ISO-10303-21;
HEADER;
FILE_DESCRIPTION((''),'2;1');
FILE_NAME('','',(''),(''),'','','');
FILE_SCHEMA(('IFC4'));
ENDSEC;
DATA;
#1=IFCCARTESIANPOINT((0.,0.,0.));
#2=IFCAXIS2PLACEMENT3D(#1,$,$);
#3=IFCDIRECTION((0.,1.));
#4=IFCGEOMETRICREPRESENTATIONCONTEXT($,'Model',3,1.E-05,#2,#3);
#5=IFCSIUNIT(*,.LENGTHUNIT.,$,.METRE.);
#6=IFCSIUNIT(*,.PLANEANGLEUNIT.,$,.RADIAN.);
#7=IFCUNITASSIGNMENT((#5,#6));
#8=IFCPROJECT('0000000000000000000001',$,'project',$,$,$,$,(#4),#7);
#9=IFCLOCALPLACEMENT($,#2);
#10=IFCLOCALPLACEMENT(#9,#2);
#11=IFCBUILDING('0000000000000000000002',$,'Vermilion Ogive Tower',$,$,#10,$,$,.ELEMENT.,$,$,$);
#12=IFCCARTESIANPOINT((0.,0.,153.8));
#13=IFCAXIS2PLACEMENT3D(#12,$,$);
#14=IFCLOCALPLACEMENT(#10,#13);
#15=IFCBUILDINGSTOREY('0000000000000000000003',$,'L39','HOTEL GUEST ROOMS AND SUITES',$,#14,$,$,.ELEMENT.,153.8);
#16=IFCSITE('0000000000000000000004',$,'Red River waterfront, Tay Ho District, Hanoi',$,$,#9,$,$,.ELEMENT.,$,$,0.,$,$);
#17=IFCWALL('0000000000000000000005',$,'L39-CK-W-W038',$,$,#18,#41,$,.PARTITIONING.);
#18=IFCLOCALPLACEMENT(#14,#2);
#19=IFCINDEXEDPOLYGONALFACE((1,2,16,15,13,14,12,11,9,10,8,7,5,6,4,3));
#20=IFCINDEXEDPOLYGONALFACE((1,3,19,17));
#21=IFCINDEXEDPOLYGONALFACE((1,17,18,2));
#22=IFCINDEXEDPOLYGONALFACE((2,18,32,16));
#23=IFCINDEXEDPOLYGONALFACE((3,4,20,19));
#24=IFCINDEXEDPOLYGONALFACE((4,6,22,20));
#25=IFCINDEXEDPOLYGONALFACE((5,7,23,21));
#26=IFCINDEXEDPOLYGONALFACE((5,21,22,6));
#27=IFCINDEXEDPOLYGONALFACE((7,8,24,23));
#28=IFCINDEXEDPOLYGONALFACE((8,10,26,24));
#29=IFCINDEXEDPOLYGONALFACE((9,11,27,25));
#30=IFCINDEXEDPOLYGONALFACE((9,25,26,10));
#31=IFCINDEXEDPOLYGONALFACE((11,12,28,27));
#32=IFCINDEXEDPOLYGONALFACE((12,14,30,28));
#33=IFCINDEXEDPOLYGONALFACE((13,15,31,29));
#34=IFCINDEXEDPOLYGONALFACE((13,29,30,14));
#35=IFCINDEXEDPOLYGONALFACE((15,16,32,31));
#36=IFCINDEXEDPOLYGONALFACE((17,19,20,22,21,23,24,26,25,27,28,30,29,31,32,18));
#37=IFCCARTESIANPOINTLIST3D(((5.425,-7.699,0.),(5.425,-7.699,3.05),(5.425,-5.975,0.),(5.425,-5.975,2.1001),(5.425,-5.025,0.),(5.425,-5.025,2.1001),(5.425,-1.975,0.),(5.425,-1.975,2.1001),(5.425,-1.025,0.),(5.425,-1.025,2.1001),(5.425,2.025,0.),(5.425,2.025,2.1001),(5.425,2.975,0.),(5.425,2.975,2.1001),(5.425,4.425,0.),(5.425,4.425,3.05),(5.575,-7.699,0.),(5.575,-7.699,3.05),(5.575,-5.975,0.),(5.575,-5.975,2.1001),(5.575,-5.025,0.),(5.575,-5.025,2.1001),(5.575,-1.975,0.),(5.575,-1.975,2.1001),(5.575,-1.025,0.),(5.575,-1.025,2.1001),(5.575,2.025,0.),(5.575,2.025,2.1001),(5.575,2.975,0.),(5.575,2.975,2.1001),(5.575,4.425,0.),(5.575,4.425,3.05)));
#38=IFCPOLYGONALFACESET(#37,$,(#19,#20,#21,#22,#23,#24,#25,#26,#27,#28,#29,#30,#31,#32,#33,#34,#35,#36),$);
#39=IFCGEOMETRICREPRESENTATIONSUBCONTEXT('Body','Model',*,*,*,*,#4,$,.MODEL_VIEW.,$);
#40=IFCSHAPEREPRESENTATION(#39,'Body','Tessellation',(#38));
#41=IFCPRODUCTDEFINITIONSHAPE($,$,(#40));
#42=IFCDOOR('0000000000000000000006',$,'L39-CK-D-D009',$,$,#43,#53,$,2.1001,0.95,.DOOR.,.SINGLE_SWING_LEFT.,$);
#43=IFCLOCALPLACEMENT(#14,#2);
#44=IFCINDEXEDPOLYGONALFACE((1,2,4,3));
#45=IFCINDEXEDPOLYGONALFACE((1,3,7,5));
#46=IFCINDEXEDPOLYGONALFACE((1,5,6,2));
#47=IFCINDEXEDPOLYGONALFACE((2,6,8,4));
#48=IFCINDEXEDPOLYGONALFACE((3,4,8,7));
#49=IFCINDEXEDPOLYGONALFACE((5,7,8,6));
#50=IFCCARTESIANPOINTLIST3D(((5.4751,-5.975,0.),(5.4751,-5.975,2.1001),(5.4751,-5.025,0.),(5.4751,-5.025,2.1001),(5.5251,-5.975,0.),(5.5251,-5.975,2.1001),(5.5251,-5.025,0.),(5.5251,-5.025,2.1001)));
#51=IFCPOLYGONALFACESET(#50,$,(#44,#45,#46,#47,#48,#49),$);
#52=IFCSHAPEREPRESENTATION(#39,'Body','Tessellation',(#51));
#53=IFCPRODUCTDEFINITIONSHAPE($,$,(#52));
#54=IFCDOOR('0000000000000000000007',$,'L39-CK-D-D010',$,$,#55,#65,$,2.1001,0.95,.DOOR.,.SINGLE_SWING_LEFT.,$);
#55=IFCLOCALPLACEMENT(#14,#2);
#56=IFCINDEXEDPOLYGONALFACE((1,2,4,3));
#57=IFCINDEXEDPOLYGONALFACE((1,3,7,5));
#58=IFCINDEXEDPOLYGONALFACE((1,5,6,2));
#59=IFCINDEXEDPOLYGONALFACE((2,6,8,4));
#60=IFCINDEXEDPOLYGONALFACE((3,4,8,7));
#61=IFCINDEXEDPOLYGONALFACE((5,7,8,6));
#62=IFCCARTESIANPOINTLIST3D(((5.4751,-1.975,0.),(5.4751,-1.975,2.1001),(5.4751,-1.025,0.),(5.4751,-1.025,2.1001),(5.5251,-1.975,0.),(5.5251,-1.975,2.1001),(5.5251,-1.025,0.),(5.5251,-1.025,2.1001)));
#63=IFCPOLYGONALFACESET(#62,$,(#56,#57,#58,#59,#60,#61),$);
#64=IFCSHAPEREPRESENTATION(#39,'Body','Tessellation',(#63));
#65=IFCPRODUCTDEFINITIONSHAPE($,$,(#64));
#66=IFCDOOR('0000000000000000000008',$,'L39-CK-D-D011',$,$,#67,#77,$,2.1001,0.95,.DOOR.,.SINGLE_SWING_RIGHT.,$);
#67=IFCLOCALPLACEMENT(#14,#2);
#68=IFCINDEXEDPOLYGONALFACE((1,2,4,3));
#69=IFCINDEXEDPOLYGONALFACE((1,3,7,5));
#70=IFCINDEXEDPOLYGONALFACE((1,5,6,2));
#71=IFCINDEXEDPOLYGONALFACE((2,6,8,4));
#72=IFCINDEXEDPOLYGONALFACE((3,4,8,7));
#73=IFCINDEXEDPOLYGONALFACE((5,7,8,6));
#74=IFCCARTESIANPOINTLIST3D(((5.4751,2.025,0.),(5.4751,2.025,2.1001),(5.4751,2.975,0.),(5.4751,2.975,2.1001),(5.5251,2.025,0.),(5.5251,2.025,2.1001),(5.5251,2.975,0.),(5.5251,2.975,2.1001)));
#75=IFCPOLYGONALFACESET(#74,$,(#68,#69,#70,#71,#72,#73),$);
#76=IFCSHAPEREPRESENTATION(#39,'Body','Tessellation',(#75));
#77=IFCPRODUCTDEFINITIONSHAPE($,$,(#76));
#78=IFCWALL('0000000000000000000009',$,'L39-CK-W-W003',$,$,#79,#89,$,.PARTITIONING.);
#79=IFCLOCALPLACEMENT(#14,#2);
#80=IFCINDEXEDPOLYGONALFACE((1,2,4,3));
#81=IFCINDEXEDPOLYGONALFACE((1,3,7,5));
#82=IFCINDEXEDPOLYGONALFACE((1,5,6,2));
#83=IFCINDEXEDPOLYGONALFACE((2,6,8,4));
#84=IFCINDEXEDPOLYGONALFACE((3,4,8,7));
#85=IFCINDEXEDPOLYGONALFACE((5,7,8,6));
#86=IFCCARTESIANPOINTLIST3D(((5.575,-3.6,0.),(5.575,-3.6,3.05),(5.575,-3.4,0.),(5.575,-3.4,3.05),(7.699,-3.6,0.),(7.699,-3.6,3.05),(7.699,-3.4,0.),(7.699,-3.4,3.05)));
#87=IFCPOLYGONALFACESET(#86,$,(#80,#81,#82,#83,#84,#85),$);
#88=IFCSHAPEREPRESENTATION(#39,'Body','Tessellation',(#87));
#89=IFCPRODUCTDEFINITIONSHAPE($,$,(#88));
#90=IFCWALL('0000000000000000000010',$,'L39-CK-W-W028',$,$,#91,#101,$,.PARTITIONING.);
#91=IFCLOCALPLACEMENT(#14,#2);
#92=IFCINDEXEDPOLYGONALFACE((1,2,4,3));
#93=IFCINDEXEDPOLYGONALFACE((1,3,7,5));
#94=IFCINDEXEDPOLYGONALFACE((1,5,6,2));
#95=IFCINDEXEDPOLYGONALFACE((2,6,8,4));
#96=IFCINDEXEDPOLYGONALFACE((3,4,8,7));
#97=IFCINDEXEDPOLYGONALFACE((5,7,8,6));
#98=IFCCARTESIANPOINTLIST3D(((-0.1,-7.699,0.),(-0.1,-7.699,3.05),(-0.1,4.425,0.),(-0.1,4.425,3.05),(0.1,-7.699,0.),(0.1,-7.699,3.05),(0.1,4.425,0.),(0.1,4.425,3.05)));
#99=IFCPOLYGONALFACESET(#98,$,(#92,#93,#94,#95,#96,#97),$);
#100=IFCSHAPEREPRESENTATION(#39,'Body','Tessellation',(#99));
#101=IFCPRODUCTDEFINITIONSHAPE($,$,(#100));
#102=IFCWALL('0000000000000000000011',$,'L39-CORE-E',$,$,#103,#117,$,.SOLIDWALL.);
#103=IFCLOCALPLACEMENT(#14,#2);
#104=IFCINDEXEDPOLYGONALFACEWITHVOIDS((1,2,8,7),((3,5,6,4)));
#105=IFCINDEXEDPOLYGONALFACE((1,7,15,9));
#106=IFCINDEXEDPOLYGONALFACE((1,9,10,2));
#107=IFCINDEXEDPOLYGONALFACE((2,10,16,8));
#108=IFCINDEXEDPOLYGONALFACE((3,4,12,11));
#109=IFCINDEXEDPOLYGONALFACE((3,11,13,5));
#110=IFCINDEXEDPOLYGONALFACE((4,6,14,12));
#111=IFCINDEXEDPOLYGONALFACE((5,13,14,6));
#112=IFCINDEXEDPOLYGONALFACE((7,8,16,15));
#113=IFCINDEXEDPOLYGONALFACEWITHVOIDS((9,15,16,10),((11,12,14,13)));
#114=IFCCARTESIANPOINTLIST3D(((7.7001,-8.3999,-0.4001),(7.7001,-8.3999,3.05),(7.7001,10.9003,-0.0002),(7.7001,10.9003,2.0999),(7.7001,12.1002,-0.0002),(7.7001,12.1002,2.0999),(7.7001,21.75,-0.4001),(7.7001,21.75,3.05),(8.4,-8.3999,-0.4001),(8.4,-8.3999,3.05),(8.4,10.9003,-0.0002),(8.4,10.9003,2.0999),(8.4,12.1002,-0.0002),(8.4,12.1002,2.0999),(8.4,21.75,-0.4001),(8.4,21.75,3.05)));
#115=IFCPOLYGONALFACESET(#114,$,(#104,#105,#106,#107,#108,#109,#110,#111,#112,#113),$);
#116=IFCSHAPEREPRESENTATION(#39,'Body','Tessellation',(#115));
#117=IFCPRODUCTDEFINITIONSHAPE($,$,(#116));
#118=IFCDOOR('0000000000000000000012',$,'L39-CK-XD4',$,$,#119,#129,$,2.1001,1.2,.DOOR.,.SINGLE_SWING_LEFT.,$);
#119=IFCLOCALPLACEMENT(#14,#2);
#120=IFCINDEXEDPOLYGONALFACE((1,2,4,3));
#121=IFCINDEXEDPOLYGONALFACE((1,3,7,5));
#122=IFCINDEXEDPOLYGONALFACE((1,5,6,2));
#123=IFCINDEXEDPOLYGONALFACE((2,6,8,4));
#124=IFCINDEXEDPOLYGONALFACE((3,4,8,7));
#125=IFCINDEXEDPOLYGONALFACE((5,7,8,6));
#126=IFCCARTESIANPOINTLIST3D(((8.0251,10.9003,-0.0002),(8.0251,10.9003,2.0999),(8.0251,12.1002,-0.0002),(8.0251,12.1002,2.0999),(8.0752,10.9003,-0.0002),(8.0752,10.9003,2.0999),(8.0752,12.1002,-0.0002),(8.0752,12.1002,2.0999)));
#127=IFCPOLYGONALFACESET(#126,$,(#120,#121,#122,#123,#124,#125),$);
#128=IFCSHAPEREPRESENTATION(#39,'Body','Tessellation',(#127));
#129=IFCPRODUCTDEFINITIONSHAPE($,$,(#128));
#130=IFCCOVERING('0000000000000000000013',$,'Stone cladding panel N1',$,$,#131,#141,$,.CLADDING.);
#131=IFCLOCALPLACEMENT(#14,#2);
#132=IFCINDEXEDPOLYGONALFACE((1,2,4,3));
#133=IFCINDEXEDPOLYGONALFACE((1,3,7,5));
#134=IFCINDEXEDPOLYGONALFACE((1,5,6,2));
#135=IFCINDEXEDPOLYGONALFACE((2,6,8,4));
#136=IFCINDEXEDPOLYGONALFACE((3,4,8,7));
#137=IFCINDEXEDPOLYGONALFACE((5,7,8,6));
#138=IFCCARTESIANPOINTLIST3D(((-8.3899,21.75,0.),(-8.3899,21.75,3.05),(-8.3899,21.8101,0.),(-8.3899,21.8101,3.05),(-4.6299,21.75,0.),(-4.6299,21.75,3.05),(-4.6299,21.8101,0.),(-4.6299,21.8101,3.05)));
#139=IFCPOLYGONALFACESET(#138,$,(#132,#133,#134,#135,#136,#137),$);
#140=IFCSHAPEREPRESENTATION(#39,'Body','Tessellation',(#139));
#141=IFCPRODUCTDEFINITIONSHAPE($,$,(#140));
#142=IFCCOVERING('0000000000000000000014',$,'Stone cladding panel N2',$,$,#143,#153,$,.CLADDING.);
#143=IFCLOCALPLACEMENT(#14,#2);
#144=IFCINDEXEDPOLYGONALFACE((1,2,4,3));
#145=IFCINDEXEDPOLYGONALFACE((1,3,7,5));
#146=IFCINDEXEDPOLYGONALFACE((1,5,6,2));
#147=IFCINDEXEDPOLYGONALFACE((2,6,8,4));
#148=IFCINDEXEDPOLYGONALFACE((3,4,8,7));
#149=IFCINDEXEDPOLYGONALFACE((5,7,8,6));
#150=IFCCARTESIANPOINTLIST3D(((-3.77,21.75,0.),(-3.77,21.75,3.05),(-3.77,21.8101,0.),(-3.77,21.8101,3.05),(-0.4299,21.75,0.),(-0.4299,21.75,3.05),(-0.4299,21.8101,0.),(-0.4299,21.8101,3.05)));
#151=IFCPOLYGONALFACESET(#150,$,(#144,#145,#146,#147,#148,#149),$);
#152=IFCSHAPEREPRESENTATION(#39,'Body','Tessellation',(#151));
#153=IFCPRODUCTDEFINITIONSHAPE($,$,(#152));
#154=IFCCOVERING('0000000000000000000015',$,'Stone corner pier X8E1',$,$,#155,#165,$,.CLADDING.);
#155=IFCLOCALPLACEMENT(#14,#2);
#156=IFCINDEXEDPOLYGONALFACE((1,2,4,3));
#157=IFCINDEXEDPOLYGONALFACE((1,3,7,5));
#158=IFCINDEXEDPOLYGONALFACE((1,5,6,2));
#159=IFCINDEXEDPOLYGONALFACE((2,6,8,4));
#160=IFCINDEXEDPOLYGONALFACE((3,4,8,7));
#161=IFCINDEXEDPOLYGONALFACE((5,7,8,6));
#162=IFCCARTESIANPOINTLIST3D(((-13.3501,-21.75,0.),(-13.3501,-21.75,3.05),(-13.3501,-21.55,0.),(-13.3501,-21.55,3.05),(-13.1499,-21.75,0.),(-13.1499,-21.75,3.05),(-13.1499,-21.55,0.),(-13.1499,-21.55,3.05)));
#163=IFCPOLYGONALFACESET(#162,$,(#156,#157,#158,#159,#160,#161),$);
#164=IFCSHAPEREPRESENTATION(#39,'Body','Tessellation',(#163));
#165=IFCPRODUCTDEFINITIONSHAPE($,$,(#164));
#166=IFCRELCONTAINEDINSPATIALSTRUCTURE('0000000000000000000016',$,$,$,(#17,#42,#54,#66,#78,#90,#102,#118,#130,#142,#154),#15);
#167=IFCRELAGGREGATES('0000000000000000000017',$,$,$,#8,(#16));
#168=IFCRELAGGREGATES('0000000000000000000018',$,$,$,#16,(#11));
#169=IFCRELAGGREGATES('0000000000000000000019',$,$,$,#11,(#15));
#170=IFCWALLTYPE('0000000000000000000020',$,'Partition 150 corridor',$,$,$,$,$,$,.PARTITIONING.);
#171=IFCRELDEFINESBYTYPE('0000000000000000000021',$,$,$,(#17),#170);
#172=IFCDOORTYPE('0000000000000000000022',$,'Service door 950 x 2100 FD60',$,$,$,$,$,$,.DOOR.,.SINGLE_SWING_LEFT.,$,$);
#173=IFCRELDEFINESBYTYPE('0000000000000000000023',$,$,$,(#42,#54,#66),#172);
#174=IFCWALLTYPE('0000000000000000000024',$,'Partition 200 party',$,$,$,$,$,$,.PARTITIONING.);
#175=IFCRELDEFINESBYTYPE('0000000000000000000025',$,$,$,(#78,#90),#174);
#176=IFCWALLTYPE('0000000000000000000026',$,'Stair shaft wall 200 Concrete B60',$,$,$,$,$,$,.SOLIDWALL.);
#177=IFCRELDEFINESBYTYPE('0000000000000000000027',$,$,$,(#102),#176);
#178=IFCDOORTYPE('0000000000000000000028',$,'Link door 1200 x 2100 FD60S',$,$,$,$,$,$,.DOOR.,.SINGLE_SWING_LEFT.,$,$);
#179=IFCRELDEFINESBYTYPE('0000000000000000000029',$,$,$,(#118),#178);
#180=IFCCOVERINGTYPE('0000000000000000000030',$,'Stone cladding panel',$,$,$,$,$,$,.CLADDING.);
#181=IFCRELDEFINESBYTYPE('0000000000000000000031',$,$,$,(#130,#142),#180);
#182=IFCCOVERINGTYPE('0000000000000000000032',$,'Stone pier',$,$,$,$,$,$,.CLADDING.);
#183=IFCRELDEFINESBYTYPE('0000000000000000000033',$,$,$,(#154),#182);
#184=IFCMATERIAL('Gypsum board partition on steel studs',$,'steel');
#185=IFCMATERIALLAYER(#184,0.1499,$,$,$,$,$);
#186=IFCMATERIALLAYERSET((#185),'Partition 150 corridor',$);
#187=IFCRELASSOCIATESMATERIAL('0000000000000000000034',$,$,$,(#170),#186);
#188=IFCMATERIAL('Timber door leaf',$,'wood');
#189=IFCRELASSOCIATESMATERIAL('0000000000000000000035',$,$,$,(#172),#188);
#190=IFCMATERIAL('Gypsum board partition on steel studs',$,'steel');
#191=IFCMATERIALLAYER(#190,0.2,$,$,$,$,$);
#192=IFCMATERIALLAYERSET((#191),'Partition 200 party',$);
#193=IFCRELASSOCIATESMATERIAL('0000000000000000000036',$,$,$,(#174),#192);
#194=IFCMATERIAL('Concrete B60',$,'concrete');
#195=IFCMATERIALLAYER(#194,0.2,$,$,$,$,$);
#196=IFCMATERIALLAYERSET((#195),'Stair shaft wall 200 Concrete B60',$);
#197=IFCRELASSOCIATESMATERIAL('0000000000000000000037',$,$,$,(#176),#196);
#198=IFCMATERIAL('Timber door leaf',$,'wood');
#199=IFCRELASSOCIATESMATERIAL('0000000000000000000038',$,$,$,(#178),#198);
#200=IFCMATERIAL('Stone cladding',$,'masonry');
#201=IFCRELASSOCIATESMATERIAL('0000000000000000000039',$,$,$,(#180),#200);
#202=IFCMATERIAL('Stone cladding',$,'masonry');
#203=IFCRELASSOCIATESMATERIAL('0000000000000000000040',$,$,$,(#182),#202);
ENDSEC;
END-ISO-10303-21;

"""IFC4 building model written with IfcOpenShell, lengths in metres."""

from ifc_helpers import new_model, si_unit, direction, frame, frame_2d, origin, place, context, subcontext, project, spatial, polyline, rectangle, outline, extrude, material, layer, layer_set, type_object, element, fill, save


model = new_model("IFC4")

# Units and contexts
model_context = context("Model", 3, precision=1e-05, world=origin(), true_north=direction((0.0, 1.0)))
body_context = subcontext(model_context, "Body", "Model", "MODEL_VIEW")
ifc_project = project(units=[si_unit("LENGTHUNIT", "METRE"), si_unit("PLANEANGLEUNIT", "RADIAN")], contexts=[model_context])

# Site, building, storey
site_placement = place(None, origin())
site = spatial("IfcSite", under=ifc_project, at=site_placement, Name="Red River waterfront, Tay Ho District, Hanoi", CompositionType="ELEMENT", RefElevation=0.0)
building_placement = place(site_placement, origin())
building = spatial("IfcBuilding", under=site, at=building_placement, Name="Vermilion Ogive Tower", CompositionType="ELEMENT")
storey_placement = place(building_placement, frame((0.0, 0.0, 153.8)))
storey = spatial("IfcBuildingStorey", under=building, at=storey_placement, Name="L39", Description="HOTEL GUEST ROOMS AND SUITES", CompositionType="ELEMENT", Elevation=153.8)

# Shared definitions
ifc_material_1 = material(Name="Gypsum board partition on steel studs", Category="steel")
ifc_layer_1 = layer(ifc_material_1, 0.1499)
ifc_layer_set_1 = layer_set([ifc_layer_1], Name="Partition 150 corridor")
wall_type_1 = type_object("IfcWallType", Name="Partition 150 corridor", PredefinedType="PARTITIONING", material=ifc_layer_set_1)
ifc_material_2 = material(Name="Timber door leaf", Category="wood")
door_type_1 = type_object("IfcDoorType", Name="Service door 950 x 2100 FD60", OperationType="SINGLE_SWING_LEFT", PredefinedType="DOOR", material=ifc_material_2)

# Wall, openings, doors
wall_1_placement = place(storey_placement, frame((5.5, -7.699, 0.0), z_axis=(0.0, 0.0, 1.0), x_axis=(0.0, 1.0, 0.0)))
wall_1 = element("IfcWall", 1, at=wall_1_placement, inside=storey, type_object=wall_type_1, Name="L39-CK-W-W038", PredefinedType="PARTITIONING", context=body_context, shape_type="SweptSolid", body=[
    extrude(rectangle(XDim=12.124, YDim=0.1499, at=frame_2d((6.062, 0.0))), origin(), (0.0, 0.0, 1.0), 3.05),
])
opening_1_placement = place(wall_1_placement, frame((1.7239, 0.0, 0.0)))
opening_1 = element("IfcOpeningElement", 2, at=opening_1_placement, cuts=wall_1, PredefinedType="OPENING", context=body_context, shape_type="SweptSolid", body=[
    extrude(rectangle(XDim=0.95, YDim=2.1001, at=frame_2d((0.4751, 1.05))), frame((0.0, 0.085, 0.0), z_axis=(0.0, -1.0, 0.0), x_axis=(1.0, 0.0, 0.0)), (0.0, 0.0, 1.0), 0.1699),
])
opening_2_placement = place(wall_1_placement, frame((5.7239, 0.0, 0.0)))
opening_2 = element("IfcOpeningElement", 3, at=opening_2_placement, cuts=wall_1, PredefinedType="OPENING", context=body_context, shape_type="SweptSolid", body=[
    extrude(rectangle(XDim=0.95, YDim=2.1001, at=frame_2d((0.4751, 1.05))), frame((0.0, 0.085, 0.0), z_axis=(0.0, -1.0, 0.0), x_axis=(1.0, 0.0, 0.0)), (0.0, 0.0, 1.0), 0.1699),
])
opening_3_placement = place(wall_1_placement, frame((9.7239, 0.0, 0.0)))
opening_3 = element("IfcOpeningElement", 4, at=opening_3_placement, cuts=wall_1, PredefinedType="OPENING", context=body_context, shape_type="SweptSolid", body=[
    extrude(rectangle(XDim=0.95, YDim=2.1001, at=frame_2d((0.4751, 1.05))), frame((0.0, 0.085, 0.0), z_axis=(0.0, -1.0, 0.0), x_axis=(1.0, 0.0, 0.0)), (0.0, 0.0, 1.0), 0.1699),
])
door_1_placement = place(opening_1_placement, origin())
door_1 = element("IfcDoor", 5, at=door_1_placement, inside=storey, type_object=door_type_1, Name="L39-CK-D-D009", OperationType="SINGLE_SWING_LEFT", OverallHeight=2.1001, OverallWidth=0.95, PredefinedType="DOOR", context=body_context, shape_type="SweptSolid", body=[
    extrude(rectangle(XDim=0.95, YDim=2.1001, at=frame_2d((0.4751, 1.05))), frame((0.0, 0.0249, 0.0), z_axis=(0.0, -1.0, 0.0), x_axis=(1.0, 0.0, 0.0)), (0.0, 0.0, 1.0), 0.05),
])
fill(opening_1, door_1)
door_2_placement = place(opening_2_placement, origin())
door_2 = element("IfcDoor", 6, at=door_2_placement, inside=storey, type_object=door_type_1, Name="L39-CK-D-D010", OperationType="SINGLE_SWING_LEFT", OverallHeight=2.1001, OverallWidth=0.95, PredefinedType="DOOR", context=body_context, shape_type="SweptSolid", body=[
    extrude(rectangle(XDim=0.95, YDim=2.1001, at=frame_2d((0.4751, 1.05))), frame((0.0, 0.0249, 0.0), z_axis=(0.0, -1.0, 0.0), x_axis=(1.0, 0.0, 0.0)), (0.0, 0.0, 1.0), 0.05),
])
fill(opening_2, door_2)
door_3_placement = place(opening_3_placement, origin())
door_3 = element("IfcDoor", 7, at=door_3_placement, inside=storey, type_object=door_type_1, Name="L39-CK-D-D011", OperationType="SINGLE_SWING_RIGHT", OverallHeight=2.1001, OverallWidth=0.95, PredefinedType="DOOR", context=body_context, shape_type="SweptSolid", body=[
    extrude(rectangle(XDim=0.95, YDim=2.1001, at=frame_2d((0.4751, 1.05))), frame((0.0, 0.0249, 0.0), z_axis=(0.0, -1.0, 0.0), x_axis=(1.0, 0.0, 0.0)), (0.0, 0.0, 1.0), 0.05),
])
fill(opening_3, door_3)

# Walls
ifc_material_3 = material(Name="Gypsum board partition on steel studs", Category="steel")
ifc_layer_2 = layer(ifc_material_3, 0.2)
ifc_layer_set_2 = layer_set([ifc_layer_2], Name="Partition 200 party")
wall_type_2 = type_object("IfcWallType", Name="Partition 200 party", PredefinedType="PARTITIONING", material=ifc_layer_set_2)
wall_2_placement = place(storey_placement, frame((5.575, -3.5, 0.0), z_axis=(0.0, 0.0, 1.0), x_axis=(1.0, 0.0, 0.0)))
element("IfcWall", 8, at=wall_2_placement, inside=storey, type_object=wall_type_2, Name="L39-CK-W-W003", PredefinedType="PARTITIONING", context=body_context, shape_type="SweptSolid", body=[
    extrude(rectangle(XDim=2.124, YDim=0.2, at=frame_2d((1.062, 0.0))), origin(), (0.0, 0.0, 1.0), 3.05),
])
wall_3_placement = place(storey_placement, frame((0.0, -7.699, 0.0), z_axis=(0.0, 0.0, 1.0), x_axis=(0.0, 1.0, 0.0)))
element("IfcWall", 9, at=wall_3_placement, inside=storey, type_object=wall_type_2, Name="L39-CK-W-W028", PredefinedType="PARTITIONING", context=body_context, shape_type="SweptSolid", body=[
    extrude(rectangle(XDim=12.124, YDim=0.2, at=frame_2d((6.062, 0.0))), origin(), (0.0, 0.0, 1.0), 3.05),
])

# Wall, opening, door
ifc_material_4 = material(Name="Concrete B60", Category="concrete")
ifc_layer_3 = layer(ifc_material_4, 0.2)
ifc_layer_set_3 = layer_set([ifc_layer_3], Name="Stair shaft wall 200 Concrete B60")
wall_type_3 = type_object("IfcWallType", Name="Stair shaft wall 200 Concrete B60", PredefinedType="SOLIDWALL", material=ifc_layer_set_3)
wall_4_placement = place(storey_placement, frame((8.05, -8.3999, -0.4001), z_axis=(0.0, 0.0, 1.0), x_axis=(0.0, 1.0, 0.0)))
wall_4 = element("IfcWall", 10, at=wall_4_placement, inside=storey, type_object=wall_type_3, Name="L39-CORE-E", PredefinedType="SOLIDWALL", context=body_context, shape_type="SweptSolid", body=[
    extrude(rectangle(XDim=30.1499, YDim=0.7, at=frame_2d((15.075, 0.0))), origin(), (0.0, 0.0, 1.0), 3.4502),
])
opening_4_placement = place(wall_4_placement, frame((19.3, 0.0, 0.3999)))
opening_4 = element("IfcOpeningElement", 11, at=opening_4_placement, cuts=wall_4, PredefinedType="OPENING", context=body_context, shape_type="SweptSolid", body=[
    extrude(rectangle(XDim=1.2, YDim=2.1001, at=frame_2d((0.6001, 1.05))), frame((0.0, 0.3599, 0.0), z_axis=(0.0, -1.0, 0.0), x_axis=(1.0, 0.0, 0.0)), (0.0, 0.0, 1.0), 0.72),
])
ifc_material_5 = material(Name="Timber door leaf", Category="wood")
door_type_2 = type_object("IfcDoorType", Name="Link door 1200 x 2100 FD60S", OperationType="SINGLE_SWING_LEFT", PredefinedType="DOOR", material=ifc_material_5)
door_4_placement = place(opening_4_placement, origin())
door_4 = element("IfcDoor", 12, at=door_4_placement, inside=storey, type_object=door_type_2, Name="L39-CK-XD4", OperationType="SINGLE_SWING_LEFT", OverallHeight=2.1001, OverallWidth=1.2, PredefinedType="DOOR", context=body_context, shape_type="SweptSolid", body=[
    extrude(rectangle(XDim=1.2, YDim=2.1001, at=frame_2d((0.6001, 1.05))), frame((0.0, 0.0249, 0.0), z_axis=(0.0, -1.0, 0.0), x_axis=(1.0, 0.0, 0.0)), (0.0, 0.0, 1.0), 0.05),
])
fill(opening_4, door_4)

# Coverings
ifc_material_6 = material(Name="Stone cladding", Category="masonry")
covering_type_1 = type_object("IfcCoveringType", Name="Stone cladding panel", PredefinedType="CLADDING", material=ifc_material_6)
covering_1_placement = place(storey_placement, origin())
element("IfcCovering", 13, at=covering_1_placement, inside=storey, type_object=covering_type_1, Name="Stone cladding panel N1", PredefinedType="CLADDING", context=body_context, shape_type="SweptSolid", body=[
    extrude(outline(polyline([(-8.3899, 21.75), (-4.6299, 21.75), (-4.6299, 21.8101), (-8.3899, 21.8101), (-8.3899, 21.75)])), origin(), (0.0, 0.0, 1.0), 3.05),
])
covering_2_placement = place(storey_placement, origin())
element("IfcCovering", 14, at=covering_2_placement, inside=storey, type_object=covering_type_1, Name="Stone cladding panel N2", PredefinedType="CLADDING", context=body_context, shape_type="SweptSolid", body=[
    extrude(outline(polyline([(-3.77, 21.75), (-0.4299, 21.75), (-0.4299, 21.8101), (-3.77, 21.8101), (-3.77, 21.75)])), origin(), (0.0, 0.0, 1.0), 3.05),
])
ifc_material_7 = material(Name="Stone cladding", Category="masonry")
covering_type_2 = type_object("IfcCoveringType", Name="Stone pier", PredefinedType="CLADDING", material=ifc_material_7)
covering_3_placement = place(storey_placement, origin())
element("IfcCovering", 15, at=covering_3_placement, inside=storey, type_object=covering_type_2, Name="Stone corner pier X8E1", PredefinedType="CLADDING", context=body_context, shape_type="SweptSolid", body=[
    extrude(outline(polyline([(-13.3501, -21.55), (-13.1499, -21.55), (-13.1499, -21.75), (-13.3501, -21.75), (-13.3501, -21.55)])), origin(), (0.0, 0.0, 1.0), 3.05),
])

save(model, "model.ifc")
